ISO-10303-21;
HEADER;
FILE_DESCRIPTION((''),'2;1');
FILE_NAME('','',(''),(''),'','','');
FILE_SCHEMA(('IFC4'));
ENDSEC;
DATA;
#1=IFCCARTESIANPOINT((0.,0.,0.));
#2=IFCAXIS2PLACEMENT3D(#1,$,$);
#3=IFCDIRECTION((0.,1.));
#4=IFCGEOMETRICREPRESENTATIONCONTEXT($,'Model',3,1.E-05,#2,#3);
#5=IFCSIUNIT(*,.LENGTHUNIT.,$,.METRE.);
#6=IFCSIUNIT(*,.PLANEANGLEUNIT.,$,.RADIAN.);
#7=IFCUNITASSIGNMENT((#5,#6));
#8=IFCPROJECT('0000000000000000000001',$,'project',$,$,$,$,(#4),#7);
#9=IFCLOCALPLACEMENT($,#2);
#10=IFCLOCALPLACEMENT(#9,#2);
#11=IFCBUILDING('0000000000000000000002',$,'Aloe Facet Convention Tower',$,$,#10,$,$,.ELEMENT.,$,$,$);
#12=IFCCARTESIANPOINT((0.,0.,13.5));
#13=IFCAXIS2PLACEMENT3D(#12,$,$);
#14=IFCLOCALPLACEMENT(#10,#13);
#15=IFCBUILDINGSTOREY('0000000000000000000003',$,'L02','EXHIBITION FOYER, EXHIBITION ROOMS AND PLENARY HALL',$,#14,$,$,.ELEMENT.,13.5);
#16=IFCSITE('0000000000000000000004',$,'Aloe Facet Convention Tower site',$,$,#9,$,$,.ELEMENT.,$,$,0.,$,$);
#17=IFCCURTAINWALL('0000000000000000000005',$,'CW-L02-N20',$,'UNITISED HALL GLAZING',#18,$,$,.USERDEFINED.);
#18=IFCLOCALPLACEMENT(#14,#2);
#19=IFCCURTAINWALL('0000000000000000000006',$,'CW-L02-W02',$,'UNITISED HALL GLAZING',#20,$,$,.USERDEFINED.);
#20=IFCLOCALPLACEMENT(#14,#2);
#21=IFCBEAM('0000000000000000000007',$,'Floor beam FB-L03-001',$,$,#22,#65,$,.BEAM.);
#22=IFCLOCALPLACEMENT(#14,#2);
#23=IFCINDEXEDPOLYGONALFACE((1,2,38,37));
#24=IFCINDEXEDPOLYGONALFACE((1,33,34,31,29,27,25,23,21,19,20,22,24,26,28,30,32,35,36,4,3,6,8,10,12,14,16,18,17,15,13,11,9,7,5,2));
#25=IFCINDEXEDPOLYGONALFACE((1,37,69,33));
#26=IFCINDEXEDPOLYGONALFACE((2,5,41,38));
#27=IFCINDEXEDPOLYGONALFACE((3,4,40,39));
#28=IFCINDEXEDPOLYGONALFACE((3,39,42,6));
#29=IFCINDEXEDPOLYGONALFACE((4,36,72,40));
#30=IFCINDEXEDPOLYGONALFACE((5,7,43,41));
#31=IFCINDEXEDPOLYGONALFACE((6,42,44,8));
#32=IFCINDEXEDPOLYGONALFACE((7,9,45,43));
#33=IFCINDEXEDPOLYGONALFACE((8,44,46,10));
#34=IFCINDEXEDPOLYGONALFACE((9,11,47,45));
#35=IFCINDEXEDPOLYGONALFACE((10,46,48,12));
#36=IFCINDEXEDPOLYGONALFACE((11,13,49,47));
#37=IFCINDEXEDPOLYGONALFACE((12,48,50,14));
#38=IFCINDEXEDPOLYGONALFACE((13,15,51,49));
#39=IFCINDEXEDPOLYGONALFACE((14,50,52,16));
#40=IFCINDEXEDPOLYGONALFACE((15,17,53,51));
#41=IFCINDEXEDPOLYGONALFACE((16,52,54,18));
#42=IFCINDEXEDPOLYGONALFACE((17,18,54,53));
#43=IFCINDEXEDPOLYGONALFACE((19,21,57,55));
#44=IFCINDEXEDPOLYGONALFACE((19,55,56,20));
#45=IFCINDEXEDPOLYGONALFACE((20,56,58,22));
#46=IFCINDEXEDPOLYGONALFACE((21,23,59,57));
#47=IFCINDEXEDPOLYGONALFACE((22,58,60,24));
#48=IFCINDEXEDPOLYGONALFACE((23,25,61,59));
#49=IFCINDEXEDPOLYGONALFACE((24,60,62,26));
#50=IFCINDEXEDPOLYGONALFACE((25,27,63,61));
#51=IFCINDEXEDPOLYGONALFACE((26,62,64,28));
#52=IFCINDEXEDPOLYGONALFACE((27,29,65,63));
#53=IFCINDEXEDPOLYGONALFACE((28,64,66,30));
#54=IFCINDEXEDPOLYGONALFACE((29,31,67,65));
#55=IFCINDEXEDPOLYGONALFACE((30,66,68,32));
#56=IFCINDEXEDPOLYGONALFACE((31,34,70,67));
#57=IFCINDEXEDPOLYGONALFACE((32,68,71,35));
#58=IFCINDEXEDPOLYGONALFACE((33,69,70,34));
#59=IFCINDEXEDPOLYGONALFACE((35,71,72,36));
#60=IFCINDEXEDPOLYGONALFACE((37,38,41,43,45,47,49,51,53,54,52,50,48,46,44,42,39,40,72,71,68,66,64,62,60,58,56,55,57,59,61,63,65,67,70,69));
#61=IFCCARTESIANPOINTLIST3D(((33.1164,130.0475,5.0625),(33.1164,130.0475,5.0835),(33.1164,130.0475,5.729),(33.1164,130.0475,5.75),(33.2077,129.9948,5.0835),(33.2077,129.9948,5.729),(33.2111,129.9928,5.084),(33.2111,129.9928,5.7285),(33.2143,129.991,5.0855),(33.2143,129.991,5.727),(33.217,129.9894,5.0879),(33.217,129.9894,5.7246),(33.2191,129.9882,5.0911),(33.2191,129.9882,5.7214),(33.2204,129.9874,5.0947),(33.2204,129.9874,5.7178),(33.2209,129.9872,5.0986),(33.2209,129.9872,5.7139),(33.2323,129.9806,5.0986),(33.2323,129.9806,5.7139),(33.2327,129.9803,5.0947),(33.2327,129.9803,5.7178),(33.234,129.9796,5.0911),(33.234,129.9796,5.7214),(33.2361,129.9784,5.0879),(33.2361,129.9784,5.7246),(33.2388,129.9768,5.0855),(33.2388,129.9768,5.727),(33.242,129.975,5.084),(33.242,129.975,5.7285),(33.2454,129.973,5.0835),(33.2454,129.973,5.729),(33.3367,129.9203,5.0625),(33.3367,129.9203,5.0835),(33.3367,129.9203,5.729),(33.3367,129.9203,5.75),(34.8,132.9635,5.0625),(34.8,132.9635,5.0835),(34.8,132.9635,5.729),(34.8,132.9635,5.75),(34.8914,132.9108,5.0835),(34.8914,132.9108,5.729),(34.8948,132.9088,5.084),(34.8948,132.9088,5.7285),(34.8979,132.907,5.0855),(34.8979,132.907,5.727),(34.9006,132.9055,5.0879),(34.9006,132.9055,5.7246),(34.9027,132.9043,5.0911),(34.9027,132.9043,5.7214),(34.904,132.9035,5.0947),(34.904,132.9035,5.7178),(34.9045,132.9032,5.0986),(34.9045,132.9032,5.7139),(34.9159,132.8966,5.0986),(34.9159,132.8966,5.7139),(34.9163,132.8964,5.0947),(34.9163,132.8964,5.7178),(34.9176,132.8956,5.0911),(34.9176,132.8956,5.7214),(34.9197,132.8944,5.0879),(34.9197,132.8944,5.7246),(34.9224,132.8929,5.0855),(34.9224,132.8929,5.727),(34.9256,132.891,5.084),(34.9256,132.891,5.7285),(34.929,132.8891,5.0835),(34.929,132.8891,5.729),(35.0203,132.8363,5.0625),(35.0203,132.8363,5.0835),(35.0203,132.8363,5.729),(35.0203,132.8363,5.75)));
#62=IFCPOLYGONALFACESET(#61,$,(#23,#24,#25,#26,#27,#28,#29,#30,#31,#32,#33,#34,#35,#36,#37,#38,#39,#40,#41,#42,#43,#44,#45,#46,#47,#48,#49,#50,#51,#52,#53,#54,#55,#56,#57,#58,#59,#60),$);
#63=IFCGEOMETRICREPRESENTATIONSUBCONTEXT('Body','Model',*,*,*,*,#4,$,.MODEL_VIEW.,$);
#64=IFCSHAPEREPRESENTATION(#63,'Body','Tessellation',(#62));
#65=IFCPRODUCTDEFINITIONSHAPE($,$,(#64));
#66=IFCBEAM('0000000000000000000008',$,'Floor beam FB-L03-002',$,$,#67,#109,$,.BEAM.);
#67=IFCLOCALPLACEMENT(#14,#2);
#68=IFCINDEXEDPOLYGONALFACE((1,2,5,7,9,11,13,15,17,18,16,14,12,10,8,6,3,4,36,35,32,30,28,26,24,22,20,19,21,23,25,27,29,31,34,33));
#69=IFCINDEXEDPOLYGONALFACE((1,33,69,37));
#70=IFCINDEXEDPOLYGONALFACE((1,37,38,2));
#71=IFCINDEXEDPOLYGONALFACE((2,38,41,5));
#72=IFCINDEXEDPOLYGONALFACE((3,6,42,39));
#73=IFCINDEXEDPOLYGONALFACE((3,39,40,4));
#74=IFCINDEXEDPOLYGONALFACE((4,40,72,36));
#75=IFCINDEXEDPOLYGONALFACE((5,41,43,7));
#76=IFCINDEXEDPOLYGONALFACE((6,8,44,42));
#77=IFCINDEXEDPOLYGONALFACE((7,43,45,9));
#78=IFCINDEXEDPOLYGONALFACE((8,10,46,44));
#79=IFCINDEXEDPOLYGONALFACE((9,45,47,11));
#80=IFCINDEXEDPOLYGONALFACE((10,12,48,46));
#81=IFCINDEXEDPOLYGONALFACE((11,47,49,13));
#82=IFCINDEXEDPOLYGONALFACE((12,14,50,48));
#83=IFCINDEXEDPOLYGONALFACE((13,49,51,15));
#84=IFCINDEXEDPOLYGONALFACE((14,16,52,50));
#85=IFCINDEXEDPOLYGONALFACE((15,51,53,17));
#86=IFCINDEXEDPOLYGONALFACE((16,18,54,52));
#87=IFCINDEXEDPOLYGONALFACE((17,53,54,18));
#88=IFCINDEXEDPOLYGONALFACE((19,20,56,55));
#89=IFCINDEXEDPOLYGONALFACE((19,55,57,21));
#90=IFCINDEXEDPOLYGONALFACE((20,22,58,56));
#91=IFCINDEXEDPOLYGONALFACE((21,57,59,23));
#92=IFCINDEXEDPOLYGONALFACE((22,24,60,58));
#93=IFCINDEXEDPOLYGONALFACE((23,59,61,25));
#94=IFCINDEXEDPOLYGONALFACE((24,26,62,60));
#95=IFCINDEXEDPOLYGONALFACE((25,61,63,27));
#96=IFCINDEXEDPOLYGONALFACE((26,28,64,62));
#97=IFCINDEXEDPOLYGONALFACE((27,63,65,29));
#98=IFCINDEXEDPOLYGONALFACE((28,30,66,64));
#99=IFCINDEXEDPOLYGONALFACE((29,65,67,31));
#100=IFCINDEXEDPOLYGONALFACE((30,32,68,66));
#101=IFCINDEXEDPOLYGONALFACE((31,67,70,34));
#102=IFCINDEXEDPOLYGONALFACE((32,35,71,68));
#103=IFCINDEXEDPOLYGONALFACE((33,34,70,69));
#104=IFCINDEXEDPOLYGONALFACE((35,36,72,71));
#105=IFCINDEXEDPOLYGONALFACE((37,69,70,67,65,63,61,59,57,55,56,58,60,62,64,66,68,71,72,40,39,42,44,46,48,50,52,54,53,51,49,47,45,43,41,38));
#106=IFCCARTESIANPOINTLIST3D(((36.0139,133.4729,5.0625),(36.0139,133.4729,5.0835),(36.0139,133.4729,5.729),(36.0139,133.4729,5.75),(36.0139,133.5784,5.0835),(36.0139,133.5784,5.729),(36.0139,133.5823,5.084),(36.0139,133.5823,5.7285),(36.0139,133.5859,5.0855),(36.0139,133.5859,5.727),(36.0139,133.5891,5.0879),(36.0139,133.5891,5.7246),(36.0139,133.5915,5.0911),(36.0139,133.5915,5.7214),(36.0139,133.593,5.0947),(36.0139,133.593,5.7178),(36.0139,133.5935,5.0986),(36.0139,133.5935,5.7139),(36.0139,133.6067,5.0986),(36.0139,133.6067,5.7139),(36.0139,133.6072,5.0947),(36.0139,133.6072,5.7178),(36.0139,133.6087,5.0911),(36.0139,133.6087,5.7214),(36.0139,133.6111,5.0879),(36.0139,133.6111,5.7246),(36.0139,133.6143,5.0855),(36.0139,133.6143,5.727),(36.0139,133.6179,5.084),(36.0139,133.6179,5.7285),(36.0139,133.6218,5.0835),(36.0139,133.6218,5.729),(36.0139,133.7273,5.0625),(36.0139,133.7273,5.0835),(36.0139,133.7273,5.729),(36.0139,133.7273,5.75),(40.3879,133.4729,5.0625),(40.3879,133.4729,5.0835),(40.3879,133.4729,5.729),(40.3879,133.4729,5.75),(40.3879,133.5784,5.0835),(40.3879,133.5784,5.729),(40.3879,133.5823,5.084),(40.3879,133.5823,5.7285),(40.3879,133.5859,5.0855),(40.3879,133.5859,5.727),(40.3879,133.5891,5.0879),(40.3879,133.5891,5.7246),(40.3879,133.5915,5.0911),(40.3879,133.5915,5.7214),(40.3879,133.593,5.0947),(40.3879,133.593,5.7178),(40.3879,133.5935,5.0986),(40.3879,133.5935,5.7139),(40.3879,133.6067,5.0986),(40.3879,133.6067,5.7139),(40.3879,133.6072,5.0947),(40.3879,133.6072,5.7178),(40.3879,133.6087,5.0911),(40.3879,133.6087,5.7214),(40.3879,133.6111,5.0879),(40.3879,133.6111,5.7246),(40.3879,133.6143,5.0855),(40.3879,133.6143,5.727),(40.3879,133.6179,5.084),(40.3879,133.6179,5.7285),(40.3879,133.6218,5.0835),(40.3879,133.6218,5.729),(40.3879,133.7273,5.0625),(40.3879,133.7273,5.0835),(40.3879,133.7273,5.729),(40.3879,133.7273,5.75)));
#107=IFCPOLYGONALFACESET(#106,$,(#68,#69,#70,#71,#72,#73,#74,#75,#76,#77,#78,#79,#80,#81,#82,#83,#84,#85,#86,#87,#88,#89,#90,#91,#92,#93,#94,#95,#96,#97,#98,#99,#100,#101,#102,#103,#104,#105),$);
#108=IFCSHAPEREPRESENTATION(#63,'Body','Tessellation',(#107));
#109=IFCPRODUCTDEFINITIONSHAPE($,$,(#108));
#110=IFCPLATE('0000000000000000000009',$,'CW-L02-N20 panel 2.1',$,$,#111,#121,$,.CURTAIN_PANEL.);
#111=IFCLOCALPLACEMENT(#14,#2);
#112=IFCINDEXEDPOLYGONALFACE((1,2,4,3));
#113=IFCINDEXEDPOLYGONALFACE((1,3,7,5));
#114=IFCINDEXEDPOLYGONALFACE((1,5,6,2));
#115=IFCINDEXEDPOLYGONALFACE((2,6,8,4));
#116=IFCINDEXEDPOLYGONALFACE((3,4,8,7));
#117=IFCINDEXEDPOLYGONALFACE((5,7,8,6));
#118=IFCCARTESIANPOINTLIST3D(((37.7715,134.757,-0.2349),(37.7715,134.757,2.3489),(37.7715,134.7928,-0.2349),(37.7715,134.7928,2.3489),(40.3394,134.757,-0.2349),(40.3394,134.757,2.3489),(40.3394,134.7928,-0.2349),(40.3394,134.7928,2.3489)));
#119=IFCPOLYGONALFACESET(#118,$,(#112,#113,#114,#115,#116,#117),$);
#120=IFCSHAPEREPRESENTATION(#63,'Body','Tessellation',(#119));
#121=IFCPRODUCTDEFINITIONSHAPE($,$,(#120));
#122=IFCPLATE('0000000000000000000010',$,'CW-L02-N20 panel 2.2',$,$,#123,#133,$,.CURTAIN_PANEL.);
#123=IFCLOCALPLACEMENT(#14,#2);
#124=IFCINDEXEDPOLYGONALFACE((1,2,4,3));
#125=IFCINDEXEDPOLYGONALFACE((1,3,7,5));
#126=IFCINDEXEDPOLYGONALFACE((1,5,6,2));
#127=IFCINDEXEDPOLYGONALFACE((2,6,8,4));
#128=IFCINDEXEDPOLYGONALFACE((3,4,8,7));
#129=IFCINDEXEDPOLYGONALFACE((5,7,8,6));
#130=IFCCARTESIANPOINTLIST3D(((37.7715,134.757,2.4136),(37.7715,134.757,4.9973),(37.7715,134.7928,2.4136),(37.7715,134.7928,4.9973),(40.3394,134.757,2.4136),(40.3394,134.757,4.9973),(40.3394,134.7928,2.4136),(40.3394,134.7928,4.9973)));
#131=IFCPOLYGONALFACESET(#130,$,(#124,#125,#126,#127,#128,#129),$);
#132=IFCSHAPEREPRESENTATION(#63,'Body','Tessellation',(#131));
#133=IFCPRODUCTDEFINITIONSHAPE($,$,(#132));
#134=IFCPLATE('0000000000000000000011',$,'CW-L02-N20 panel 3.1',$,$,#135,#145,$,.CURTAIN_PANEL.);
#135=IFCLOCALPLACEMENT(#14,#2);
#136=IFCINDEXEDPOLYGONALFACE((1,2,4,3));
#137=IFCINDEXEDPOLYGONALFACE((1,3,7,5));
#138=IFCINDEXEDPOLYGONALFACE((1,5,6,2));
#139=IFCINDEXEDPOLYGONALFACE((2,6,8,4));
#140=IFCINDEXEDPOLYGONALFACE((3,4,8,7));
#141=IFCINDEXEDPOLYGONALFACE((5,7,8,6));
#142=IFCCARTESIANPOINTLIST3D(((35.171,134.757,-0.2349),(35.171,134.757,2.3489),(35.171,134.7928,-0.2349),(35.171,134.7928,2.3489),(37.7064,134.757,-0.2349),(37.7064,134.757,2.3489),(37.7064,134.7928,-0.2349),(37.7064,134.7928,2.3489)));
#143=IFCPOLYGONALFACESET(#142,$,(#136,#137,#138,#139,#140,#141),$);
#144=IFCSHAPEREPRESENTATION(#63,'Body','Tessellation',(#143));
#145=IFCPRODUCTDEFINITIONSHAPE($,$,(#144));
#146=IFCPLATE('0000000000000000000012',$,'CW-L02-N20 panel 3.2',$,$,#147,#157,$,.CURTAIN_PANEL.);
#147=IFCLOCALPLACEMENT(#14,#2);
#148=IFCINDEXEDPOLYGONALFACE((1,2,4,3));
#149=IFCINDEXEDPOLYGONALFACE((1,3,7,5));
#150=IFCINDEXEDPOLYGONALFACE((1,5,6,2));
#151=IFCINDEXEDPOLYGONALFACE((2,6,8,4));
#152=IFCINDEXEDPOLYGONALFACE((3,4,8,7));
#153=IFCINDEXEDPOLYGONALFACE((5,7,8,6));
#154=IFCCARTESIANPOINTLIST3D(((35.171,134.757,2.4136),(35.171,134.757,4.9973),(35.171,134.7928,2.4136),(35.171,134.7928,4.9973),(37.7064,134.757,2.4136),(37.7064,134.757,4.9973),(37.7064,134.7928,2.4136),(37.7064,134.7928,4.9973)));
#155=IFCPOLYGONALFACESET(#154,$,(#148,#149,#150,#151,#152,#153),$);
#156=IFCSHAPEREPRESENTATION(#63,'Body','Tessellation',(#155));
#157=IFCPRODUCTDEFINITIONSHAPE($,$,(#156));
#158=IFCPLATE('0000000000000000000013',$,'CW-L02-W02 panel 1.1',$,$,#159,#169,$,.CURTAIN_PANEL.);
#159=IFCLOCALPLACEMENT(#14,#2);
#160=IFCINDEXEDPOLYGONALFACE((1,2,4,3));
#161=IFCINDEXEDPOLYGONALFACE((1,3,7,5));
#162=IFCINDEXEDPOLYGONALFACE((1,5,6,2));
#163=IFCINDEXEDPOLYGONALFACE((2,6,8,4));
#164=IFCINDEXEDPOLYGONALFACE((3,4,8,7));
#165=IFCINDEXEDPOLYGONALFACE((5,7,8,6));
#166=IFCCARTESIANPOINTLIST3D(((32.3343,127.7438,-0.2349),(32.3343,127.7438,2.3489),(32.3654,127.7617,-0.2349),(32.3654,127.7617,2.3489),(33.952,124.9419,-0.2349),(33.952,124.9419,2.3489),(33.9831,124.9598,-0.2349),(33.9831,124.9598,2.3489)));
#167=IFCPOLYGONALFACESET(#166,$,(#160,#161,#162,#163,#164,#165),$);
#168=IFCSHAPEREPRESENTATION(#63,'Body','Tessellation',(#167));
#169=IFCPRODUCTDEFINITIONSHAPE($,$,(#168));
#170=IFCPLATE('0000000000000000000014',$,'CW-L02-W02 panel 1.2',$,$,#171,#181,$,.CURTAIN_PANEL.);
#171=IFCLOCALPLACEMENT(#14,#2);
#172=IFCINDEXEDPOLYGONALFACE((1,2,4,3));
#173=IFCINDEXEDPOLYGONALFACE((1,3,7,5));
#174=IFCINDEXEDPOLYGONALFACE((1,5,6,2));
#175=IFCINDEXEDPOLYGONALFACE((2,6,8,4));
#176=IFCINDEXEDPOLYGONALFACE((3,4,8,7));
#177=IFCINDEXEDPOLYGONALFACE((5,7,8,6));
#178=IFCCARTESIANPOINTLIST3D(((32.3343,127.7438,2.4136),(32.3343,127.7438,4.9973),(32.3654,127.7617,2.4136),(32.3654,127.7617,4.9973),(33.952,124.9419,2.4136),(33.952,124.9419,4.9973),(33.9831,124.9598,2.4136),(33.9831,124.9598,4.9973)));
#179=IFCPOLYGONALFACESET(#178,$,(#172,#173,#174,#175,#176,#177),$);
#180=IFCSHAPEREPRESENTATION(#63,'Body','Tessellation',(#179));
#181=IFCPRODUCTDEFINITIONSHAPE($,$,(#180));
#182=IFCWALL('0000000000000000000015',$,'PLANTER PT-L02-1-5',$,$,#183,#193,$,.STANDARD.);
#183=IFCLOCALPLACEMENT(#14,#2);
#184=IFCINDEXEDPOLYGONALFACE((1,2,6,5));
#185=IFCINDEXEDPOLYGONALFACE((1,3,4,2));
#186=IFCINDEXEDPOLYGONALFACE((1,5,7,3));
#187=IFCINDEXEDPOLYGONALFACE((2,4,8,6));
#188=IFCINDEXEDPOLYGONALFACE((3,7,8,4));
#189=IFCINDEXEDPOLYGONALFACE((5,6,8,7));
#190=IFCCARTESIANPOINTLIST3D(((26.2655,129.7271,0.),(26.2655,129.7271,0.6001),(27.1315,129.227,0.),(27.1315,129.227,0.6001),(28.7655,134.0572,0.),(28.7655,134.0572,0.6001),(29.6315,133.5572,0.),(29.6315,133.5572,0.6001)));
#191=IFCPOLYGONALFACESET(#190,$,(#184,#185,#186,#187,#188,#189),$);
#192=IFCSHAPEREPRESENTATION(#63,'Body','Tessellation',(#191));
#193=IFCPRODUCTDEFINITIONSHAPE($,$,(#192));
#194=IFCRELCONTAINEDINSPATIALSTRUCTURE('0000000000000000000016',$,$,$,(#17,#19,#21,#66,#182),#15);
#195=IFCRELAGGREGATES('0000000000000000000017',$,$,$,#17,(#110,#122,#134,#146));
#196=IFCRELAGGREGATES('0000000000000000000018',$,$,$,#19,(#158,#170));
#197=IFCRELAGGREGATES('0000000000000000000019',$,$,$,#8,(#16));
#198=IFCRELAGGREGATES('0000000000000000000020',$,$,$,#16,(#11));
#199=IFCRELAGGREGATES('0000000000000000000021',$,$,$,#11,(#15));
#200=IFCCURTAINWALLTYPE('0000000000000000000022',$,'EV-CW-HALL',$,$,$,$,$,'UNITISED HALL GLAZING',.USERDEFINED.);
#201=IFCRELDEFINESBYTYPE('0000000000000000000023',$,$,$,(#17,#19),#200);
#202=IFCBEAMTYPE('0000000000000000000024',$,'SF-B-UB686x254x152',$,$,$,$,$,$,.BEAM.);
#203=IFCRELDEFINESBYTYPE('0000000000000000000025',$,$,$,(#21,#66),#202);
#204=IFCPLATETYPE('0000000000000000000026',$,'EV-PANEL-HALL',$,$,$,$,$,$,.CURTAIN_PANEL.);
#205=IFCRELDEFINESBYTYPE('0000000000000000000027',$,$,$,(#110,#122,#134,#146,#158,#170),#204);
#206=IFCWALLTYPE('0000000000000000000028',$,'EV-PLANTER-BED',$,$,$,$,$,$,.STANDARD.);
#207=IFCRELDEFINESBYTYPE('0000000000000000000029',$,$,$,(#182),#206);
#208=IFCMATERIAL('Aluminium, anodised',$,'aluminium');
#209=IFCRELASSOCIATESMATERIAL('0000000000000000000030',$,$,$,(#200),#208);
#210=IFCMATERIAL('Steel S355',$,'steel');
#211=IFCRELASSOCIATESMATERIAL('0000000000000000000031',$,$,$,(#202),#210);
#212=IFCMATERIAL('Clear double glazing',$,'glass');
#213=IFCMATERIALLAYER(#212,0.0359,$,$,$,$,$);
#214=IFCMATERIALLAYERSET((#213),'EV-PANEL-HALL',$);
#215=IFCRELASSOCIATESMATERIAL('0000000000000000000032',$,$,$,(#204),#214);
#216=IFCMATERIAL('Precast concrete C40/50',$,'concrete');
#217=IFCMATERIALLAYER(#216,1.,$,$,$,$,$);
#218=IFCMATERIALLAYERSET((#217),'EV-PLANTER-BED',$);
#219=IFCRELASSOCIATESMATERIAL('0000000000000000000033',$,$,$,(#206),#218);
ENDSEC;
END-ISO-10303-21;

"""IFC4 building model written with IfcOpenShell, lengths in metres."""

from ifc_helpers import new_model, si_unit, direction, frame, frame_2d, origin, origin_2d, place, context, subcontext, project, spatial, rectangle, i_section, extrude, material, layer, layer_set, material_profile, profile_set, type_object, element, aggregate, save


model = new_model("IFC4")

# Units and contexts
model_context = context("Model", 3, precision=1e-05, world=origin(), true_north=direction((0.0, 1.0)))
body_context = subcontext(model_context, "Body", "Model", "MODEL_VIEW")
ifc_project = project(units=[si_unit("LENGTHUNIT", "METRE"), si_unit("PLANEANGLEUNIT", "RADIAN")], contexts=[model_context])

# Site, building, storey
site_placement = place(None, origin())
site = spatial("IfcSite", under=ifc_project, at=site_placement, Name="Aloe Facet Convention Tower site", CompositionType="ELEMENT", RefElevation=0.0)
building_placement = place(site_placement, origin())
building = spatial("IfcBuilding", under=site, at=building_placement, Name="Aloe Facet Convention Tower", CompositionType="ELEMENT")
storey_placement = place(building_placement, frame((0.0, 0.0, 13.5)))
storey = spatial("IfcBuildingStorey", under=building, at=storey_placement, Name="L02", Description="EXHIBITION FOYER, EXHIBITION ROOMS AND PLENARY HALL", CompositionType="ELEMENT", Elevation=13.5)

# Curtain wall
ifc_material_1 = material(Name="Aluminium, anodised", Category="aluminium")
curtain_wall_type = type_object("IfcCurtainWallType", Name="EV-CW-HALL", ElementType="UNITISED HALL GLAZING", PredefinedType="USERDEFINED", material=ifc_material_1)
curtain_wall_1_placement = place(storey_placement, origin())
curtain_wall_1 = element("IfcCurtainWall", 1, at=curtain_wall_1_placement, inside=storey, type_object=curtain_wall_type, Name="CW-L02-N20", ObjectType="UNITISED HALL GLAZING", PredefinedType="USERDEFINED")

# Curtain wall
curtain_wall_2_placement = place(storey_placement, origin())
curtain_wall_2 = element("IfcCurtainWall", 2, at=curtain_wall_2_placement, inside=storey, type_object=curtain_wall_type, Name="CW-L02-W02", ObjectType="UNITISED HALL GLAZING", PredefinedType="USERDEFINED")

# Beams
ifc_material_2 = material(Name="Steel S355", Category="steel")
ifc_material_profile_1 = material_profile(ifc_material_2, i_section(OverallWidth=0.2544, OverallDepth=0.6875, WebThickness=0.0132, FlangeThickness=0.021, FilletRadius=0.0151, at=origin_2d()), Name="UB 686x254x152")
ifc_profile_set_1 = profile_set([ifc_material_profile_1], Name="Steel S355")
beam_type_1 = type_object("IfcBeamType", Name="SF-B-UB686x254x152", PredefinedType="BEAM", material=ifc_profile_set_1)
beam_1_placement = place(storey_placement, frame((33.2266, 129.9839, 5.4062), z_axis=(0.500007, 0.866021, 0.0), x_axis=(-0.866021, 0.500007, 0.0)))
element("IfcBeam", 3, at=beam_1_placement, inside=storey, type_object=beam_type_1, Name="Floor beam FB-L03-001", PredefinedType="BEAM", context=body_context, shape_type="SweptSolid", body=[
    extrude(i_section(OverallWidth=0.2544, OverallDepth=0.6875, WebThickness=0.0132, FlangeThickness=0.021, FilletRadius=0.0151, at=origin_2d()), origin(), (0.0, 0.0, 1.0), 3.3672),
])
beam_2_placement = place(storey_placement, frame((36.0139, 133.6001, 5.4062), z_axis=(1.0, 0.0, 0.0), x_axis=(0.0, 1.0, 0.0)))
element("IfcBeam", 4, at=beam_2_placement, inside=storey, type_object=beam_type_1, Name="Floor beam FB-L03-002", PredefinedType="BEAM", context=body_context, shape_type="SweptSolid", body=[
    extrude(i_section(OverallWidth=0.2544, OverallDepth=0.6875, WebThickness=0.0132, FlangeThickness=0.021, FilletRadius=0.0151, at=origin_2d()), origin(), (0.0, 0.0, 1.0), 4.374),
])

# Plates
ifc_material_3 = material(Name="Clear double glazing", Category="glass")
ifc_layer_1 = layer(ifc_material_3, 0.0359)
ifc_layer_set_1 = layer_set([ifc_layer_1], Name="EV-PANEL-HALL")
plate_type = type_object("IfcPlateType", Name="EV-PANEL-HALL", PredefinedType="CURTAIN_PANEL", material=ifc_layer_set_1)
plate_1_placement = place(storey_placement, frame((39.0554, 134.7749, -0.2349), z_axis=(0.0, 0.0, 1.0), x_axis=(-1.0, 0.0, 0.0)))
plate_1 = element("IfcPlate", 5, at=plate_1_placement, type_object=plate_type, Name="CW-L02-N20 panel 2.1", PredefinedType="CURTAIN_PANEL", context=body_context, shape_type="SweptSolid", body=[
    extrude(rectangle(XDim=2.5679, YDim=0.0359, at=origin_2d()), origin(), (0.0, 0.0, 1.0), 2.5837),
])
plate_2_placement = place(storey_placement, frame((39.0554, 134.7749, 2.4136), z_axis=(0.0, 0.0, 1.0), x_axis=(-1.0, 0.0, 0.0)))
plate_2 = element("IfcPlate", 6, at=plate_2_placement, type_object=plate_type, Name="CW-L02-N20 panel 2.2", PredefinedType="CURTAIN_PANEL", context=body_context, shape_type="SweptSolid", body=[
    extrude(rectangle(XDim=2.5679, YDim=0.0359, at=origin_2d()), origin(), (0.0, 0.0, 1.0), 2.5837),
])
plate_3_placement = place(storey_placement, frame((36.4387, 134.7749, -0.2349), z_axis=(0.0, 0.0, 1.0), x_axis=(-1.0, 0.0, 0.0)))
plate_3 = element("IfcPlate", 7, at=plate_3_placement, type_object=plate_type, Name="CW-L02-N20 panel 3.1", PredefinedType="CURTAIN_PANEL", context=body_context, shape_type="SweptSolid", body=[
    extrude(rectangle(XDim=2.5354, YDim=0.0359, at=origin_2d()), origin(), (0.0, 0.0, 1.0), 2.5837),
])
plate_4_placement = place(storey_placement, frame((36.4387, 134.7749, 2.4136), z_axis=(0.0, 0.0, 1.0), x_axis=(-1.0, 0.0, 0.0)))
plate_4 = element("IfcPlate", 8, at=plate_4_placement, type_object=plate_type, Name="CW-L02-N20 panel 3.2", PredefinedType="CURTAIN_PANEL", context=body_context, shape_type="SweptSolid", body=[
    extrude(rectangle(XDim=2.5354, YDim=0.0359, at=origin_2d()), origin(), (0.0, 0.0, 1.0), 2.5837),
])
aggregate(curtain_wall_1, [plate_1, plate_2, plate_3, plate_4])
plate_5_placement = place(storey_placement, frame((33.1587, 126.3518, -0.2349), z_axis=(0.0, 0.0, 1.0), x_axis=(0.5, -0.866025, 0.0)))
plate_5 = element("IfcPlate", 9, at=plate_5_placement, type_object=plate_type, Name="CW-L02-W02 panel 1.1", PredefinedType="CURTAIN_PANEL", context=body_context, shape_type="SweptSolid", body=[
    extrude(rectangle(XDim=3.2354, YDim=0.0359, at=origin_2d()), origin(), (0.0, 0.0, 1.0), 2.5837),
])
plate_6_placement = place(storey_placement, frame((33.1587, 126.3518, 2.4136), z_axis=(0.0, 0.0, 1.0), x_axis=(0.5, -0.866025, 0.0)))
plate_6 = element("IfcPlate", 10, at=plate_6_placement, type_object=plate_type, Name="CW-L02-W02 panel 1.2", PredefinedType="CURTAIN_PANEL", context=body_context, shape_type="SweptSolid", body=[
    extrude(rectangle(XDim=3.2354, YDim=0.0359, at=origin_2d()), origin(), (0.0, 0.0, 1.0), 2.5837),
])
aggregate(curtain_wall_2, [plate_5, plate_6])

# Wall
ifc_material_4 = material(Name="Precast concrete C40/50", Category="concrete")
ifc_layer_2 = layer(ifc_material_4, 1.0)
ifc_layer_set_2 = layer_set([ifc_layer_2], Name="EV-PLANTER-BED")
wall_type_1 = type_object("IfcWallType", Name="EV-PLANTER-BED", PredefinedType="STANDARD", material=ifc_layer_set_2)
wall_placement = place(storey_placement, frame((26.6985, 129.4771, 0.0), z_axis=(0.0, 0.0, 1.0), x_axis=(0.500004, 0.866023, 0.0)))
element("IfcWall", 11, at=wall_placement, inside=storey, type_object=wall_type_1, Name="PLANTER PT-L02-1-5", PredefinedType="STANDARD", context=body_context, shape_type="SweptSolid", body=[
    extrude(rectangle(XDim=5.0, YDim=1.0, at=frame_2d((2.5, 0.0))), origin(), (0.0, 0.0, 1.0), 0.6001),
])

save(model, "model.ifc")
